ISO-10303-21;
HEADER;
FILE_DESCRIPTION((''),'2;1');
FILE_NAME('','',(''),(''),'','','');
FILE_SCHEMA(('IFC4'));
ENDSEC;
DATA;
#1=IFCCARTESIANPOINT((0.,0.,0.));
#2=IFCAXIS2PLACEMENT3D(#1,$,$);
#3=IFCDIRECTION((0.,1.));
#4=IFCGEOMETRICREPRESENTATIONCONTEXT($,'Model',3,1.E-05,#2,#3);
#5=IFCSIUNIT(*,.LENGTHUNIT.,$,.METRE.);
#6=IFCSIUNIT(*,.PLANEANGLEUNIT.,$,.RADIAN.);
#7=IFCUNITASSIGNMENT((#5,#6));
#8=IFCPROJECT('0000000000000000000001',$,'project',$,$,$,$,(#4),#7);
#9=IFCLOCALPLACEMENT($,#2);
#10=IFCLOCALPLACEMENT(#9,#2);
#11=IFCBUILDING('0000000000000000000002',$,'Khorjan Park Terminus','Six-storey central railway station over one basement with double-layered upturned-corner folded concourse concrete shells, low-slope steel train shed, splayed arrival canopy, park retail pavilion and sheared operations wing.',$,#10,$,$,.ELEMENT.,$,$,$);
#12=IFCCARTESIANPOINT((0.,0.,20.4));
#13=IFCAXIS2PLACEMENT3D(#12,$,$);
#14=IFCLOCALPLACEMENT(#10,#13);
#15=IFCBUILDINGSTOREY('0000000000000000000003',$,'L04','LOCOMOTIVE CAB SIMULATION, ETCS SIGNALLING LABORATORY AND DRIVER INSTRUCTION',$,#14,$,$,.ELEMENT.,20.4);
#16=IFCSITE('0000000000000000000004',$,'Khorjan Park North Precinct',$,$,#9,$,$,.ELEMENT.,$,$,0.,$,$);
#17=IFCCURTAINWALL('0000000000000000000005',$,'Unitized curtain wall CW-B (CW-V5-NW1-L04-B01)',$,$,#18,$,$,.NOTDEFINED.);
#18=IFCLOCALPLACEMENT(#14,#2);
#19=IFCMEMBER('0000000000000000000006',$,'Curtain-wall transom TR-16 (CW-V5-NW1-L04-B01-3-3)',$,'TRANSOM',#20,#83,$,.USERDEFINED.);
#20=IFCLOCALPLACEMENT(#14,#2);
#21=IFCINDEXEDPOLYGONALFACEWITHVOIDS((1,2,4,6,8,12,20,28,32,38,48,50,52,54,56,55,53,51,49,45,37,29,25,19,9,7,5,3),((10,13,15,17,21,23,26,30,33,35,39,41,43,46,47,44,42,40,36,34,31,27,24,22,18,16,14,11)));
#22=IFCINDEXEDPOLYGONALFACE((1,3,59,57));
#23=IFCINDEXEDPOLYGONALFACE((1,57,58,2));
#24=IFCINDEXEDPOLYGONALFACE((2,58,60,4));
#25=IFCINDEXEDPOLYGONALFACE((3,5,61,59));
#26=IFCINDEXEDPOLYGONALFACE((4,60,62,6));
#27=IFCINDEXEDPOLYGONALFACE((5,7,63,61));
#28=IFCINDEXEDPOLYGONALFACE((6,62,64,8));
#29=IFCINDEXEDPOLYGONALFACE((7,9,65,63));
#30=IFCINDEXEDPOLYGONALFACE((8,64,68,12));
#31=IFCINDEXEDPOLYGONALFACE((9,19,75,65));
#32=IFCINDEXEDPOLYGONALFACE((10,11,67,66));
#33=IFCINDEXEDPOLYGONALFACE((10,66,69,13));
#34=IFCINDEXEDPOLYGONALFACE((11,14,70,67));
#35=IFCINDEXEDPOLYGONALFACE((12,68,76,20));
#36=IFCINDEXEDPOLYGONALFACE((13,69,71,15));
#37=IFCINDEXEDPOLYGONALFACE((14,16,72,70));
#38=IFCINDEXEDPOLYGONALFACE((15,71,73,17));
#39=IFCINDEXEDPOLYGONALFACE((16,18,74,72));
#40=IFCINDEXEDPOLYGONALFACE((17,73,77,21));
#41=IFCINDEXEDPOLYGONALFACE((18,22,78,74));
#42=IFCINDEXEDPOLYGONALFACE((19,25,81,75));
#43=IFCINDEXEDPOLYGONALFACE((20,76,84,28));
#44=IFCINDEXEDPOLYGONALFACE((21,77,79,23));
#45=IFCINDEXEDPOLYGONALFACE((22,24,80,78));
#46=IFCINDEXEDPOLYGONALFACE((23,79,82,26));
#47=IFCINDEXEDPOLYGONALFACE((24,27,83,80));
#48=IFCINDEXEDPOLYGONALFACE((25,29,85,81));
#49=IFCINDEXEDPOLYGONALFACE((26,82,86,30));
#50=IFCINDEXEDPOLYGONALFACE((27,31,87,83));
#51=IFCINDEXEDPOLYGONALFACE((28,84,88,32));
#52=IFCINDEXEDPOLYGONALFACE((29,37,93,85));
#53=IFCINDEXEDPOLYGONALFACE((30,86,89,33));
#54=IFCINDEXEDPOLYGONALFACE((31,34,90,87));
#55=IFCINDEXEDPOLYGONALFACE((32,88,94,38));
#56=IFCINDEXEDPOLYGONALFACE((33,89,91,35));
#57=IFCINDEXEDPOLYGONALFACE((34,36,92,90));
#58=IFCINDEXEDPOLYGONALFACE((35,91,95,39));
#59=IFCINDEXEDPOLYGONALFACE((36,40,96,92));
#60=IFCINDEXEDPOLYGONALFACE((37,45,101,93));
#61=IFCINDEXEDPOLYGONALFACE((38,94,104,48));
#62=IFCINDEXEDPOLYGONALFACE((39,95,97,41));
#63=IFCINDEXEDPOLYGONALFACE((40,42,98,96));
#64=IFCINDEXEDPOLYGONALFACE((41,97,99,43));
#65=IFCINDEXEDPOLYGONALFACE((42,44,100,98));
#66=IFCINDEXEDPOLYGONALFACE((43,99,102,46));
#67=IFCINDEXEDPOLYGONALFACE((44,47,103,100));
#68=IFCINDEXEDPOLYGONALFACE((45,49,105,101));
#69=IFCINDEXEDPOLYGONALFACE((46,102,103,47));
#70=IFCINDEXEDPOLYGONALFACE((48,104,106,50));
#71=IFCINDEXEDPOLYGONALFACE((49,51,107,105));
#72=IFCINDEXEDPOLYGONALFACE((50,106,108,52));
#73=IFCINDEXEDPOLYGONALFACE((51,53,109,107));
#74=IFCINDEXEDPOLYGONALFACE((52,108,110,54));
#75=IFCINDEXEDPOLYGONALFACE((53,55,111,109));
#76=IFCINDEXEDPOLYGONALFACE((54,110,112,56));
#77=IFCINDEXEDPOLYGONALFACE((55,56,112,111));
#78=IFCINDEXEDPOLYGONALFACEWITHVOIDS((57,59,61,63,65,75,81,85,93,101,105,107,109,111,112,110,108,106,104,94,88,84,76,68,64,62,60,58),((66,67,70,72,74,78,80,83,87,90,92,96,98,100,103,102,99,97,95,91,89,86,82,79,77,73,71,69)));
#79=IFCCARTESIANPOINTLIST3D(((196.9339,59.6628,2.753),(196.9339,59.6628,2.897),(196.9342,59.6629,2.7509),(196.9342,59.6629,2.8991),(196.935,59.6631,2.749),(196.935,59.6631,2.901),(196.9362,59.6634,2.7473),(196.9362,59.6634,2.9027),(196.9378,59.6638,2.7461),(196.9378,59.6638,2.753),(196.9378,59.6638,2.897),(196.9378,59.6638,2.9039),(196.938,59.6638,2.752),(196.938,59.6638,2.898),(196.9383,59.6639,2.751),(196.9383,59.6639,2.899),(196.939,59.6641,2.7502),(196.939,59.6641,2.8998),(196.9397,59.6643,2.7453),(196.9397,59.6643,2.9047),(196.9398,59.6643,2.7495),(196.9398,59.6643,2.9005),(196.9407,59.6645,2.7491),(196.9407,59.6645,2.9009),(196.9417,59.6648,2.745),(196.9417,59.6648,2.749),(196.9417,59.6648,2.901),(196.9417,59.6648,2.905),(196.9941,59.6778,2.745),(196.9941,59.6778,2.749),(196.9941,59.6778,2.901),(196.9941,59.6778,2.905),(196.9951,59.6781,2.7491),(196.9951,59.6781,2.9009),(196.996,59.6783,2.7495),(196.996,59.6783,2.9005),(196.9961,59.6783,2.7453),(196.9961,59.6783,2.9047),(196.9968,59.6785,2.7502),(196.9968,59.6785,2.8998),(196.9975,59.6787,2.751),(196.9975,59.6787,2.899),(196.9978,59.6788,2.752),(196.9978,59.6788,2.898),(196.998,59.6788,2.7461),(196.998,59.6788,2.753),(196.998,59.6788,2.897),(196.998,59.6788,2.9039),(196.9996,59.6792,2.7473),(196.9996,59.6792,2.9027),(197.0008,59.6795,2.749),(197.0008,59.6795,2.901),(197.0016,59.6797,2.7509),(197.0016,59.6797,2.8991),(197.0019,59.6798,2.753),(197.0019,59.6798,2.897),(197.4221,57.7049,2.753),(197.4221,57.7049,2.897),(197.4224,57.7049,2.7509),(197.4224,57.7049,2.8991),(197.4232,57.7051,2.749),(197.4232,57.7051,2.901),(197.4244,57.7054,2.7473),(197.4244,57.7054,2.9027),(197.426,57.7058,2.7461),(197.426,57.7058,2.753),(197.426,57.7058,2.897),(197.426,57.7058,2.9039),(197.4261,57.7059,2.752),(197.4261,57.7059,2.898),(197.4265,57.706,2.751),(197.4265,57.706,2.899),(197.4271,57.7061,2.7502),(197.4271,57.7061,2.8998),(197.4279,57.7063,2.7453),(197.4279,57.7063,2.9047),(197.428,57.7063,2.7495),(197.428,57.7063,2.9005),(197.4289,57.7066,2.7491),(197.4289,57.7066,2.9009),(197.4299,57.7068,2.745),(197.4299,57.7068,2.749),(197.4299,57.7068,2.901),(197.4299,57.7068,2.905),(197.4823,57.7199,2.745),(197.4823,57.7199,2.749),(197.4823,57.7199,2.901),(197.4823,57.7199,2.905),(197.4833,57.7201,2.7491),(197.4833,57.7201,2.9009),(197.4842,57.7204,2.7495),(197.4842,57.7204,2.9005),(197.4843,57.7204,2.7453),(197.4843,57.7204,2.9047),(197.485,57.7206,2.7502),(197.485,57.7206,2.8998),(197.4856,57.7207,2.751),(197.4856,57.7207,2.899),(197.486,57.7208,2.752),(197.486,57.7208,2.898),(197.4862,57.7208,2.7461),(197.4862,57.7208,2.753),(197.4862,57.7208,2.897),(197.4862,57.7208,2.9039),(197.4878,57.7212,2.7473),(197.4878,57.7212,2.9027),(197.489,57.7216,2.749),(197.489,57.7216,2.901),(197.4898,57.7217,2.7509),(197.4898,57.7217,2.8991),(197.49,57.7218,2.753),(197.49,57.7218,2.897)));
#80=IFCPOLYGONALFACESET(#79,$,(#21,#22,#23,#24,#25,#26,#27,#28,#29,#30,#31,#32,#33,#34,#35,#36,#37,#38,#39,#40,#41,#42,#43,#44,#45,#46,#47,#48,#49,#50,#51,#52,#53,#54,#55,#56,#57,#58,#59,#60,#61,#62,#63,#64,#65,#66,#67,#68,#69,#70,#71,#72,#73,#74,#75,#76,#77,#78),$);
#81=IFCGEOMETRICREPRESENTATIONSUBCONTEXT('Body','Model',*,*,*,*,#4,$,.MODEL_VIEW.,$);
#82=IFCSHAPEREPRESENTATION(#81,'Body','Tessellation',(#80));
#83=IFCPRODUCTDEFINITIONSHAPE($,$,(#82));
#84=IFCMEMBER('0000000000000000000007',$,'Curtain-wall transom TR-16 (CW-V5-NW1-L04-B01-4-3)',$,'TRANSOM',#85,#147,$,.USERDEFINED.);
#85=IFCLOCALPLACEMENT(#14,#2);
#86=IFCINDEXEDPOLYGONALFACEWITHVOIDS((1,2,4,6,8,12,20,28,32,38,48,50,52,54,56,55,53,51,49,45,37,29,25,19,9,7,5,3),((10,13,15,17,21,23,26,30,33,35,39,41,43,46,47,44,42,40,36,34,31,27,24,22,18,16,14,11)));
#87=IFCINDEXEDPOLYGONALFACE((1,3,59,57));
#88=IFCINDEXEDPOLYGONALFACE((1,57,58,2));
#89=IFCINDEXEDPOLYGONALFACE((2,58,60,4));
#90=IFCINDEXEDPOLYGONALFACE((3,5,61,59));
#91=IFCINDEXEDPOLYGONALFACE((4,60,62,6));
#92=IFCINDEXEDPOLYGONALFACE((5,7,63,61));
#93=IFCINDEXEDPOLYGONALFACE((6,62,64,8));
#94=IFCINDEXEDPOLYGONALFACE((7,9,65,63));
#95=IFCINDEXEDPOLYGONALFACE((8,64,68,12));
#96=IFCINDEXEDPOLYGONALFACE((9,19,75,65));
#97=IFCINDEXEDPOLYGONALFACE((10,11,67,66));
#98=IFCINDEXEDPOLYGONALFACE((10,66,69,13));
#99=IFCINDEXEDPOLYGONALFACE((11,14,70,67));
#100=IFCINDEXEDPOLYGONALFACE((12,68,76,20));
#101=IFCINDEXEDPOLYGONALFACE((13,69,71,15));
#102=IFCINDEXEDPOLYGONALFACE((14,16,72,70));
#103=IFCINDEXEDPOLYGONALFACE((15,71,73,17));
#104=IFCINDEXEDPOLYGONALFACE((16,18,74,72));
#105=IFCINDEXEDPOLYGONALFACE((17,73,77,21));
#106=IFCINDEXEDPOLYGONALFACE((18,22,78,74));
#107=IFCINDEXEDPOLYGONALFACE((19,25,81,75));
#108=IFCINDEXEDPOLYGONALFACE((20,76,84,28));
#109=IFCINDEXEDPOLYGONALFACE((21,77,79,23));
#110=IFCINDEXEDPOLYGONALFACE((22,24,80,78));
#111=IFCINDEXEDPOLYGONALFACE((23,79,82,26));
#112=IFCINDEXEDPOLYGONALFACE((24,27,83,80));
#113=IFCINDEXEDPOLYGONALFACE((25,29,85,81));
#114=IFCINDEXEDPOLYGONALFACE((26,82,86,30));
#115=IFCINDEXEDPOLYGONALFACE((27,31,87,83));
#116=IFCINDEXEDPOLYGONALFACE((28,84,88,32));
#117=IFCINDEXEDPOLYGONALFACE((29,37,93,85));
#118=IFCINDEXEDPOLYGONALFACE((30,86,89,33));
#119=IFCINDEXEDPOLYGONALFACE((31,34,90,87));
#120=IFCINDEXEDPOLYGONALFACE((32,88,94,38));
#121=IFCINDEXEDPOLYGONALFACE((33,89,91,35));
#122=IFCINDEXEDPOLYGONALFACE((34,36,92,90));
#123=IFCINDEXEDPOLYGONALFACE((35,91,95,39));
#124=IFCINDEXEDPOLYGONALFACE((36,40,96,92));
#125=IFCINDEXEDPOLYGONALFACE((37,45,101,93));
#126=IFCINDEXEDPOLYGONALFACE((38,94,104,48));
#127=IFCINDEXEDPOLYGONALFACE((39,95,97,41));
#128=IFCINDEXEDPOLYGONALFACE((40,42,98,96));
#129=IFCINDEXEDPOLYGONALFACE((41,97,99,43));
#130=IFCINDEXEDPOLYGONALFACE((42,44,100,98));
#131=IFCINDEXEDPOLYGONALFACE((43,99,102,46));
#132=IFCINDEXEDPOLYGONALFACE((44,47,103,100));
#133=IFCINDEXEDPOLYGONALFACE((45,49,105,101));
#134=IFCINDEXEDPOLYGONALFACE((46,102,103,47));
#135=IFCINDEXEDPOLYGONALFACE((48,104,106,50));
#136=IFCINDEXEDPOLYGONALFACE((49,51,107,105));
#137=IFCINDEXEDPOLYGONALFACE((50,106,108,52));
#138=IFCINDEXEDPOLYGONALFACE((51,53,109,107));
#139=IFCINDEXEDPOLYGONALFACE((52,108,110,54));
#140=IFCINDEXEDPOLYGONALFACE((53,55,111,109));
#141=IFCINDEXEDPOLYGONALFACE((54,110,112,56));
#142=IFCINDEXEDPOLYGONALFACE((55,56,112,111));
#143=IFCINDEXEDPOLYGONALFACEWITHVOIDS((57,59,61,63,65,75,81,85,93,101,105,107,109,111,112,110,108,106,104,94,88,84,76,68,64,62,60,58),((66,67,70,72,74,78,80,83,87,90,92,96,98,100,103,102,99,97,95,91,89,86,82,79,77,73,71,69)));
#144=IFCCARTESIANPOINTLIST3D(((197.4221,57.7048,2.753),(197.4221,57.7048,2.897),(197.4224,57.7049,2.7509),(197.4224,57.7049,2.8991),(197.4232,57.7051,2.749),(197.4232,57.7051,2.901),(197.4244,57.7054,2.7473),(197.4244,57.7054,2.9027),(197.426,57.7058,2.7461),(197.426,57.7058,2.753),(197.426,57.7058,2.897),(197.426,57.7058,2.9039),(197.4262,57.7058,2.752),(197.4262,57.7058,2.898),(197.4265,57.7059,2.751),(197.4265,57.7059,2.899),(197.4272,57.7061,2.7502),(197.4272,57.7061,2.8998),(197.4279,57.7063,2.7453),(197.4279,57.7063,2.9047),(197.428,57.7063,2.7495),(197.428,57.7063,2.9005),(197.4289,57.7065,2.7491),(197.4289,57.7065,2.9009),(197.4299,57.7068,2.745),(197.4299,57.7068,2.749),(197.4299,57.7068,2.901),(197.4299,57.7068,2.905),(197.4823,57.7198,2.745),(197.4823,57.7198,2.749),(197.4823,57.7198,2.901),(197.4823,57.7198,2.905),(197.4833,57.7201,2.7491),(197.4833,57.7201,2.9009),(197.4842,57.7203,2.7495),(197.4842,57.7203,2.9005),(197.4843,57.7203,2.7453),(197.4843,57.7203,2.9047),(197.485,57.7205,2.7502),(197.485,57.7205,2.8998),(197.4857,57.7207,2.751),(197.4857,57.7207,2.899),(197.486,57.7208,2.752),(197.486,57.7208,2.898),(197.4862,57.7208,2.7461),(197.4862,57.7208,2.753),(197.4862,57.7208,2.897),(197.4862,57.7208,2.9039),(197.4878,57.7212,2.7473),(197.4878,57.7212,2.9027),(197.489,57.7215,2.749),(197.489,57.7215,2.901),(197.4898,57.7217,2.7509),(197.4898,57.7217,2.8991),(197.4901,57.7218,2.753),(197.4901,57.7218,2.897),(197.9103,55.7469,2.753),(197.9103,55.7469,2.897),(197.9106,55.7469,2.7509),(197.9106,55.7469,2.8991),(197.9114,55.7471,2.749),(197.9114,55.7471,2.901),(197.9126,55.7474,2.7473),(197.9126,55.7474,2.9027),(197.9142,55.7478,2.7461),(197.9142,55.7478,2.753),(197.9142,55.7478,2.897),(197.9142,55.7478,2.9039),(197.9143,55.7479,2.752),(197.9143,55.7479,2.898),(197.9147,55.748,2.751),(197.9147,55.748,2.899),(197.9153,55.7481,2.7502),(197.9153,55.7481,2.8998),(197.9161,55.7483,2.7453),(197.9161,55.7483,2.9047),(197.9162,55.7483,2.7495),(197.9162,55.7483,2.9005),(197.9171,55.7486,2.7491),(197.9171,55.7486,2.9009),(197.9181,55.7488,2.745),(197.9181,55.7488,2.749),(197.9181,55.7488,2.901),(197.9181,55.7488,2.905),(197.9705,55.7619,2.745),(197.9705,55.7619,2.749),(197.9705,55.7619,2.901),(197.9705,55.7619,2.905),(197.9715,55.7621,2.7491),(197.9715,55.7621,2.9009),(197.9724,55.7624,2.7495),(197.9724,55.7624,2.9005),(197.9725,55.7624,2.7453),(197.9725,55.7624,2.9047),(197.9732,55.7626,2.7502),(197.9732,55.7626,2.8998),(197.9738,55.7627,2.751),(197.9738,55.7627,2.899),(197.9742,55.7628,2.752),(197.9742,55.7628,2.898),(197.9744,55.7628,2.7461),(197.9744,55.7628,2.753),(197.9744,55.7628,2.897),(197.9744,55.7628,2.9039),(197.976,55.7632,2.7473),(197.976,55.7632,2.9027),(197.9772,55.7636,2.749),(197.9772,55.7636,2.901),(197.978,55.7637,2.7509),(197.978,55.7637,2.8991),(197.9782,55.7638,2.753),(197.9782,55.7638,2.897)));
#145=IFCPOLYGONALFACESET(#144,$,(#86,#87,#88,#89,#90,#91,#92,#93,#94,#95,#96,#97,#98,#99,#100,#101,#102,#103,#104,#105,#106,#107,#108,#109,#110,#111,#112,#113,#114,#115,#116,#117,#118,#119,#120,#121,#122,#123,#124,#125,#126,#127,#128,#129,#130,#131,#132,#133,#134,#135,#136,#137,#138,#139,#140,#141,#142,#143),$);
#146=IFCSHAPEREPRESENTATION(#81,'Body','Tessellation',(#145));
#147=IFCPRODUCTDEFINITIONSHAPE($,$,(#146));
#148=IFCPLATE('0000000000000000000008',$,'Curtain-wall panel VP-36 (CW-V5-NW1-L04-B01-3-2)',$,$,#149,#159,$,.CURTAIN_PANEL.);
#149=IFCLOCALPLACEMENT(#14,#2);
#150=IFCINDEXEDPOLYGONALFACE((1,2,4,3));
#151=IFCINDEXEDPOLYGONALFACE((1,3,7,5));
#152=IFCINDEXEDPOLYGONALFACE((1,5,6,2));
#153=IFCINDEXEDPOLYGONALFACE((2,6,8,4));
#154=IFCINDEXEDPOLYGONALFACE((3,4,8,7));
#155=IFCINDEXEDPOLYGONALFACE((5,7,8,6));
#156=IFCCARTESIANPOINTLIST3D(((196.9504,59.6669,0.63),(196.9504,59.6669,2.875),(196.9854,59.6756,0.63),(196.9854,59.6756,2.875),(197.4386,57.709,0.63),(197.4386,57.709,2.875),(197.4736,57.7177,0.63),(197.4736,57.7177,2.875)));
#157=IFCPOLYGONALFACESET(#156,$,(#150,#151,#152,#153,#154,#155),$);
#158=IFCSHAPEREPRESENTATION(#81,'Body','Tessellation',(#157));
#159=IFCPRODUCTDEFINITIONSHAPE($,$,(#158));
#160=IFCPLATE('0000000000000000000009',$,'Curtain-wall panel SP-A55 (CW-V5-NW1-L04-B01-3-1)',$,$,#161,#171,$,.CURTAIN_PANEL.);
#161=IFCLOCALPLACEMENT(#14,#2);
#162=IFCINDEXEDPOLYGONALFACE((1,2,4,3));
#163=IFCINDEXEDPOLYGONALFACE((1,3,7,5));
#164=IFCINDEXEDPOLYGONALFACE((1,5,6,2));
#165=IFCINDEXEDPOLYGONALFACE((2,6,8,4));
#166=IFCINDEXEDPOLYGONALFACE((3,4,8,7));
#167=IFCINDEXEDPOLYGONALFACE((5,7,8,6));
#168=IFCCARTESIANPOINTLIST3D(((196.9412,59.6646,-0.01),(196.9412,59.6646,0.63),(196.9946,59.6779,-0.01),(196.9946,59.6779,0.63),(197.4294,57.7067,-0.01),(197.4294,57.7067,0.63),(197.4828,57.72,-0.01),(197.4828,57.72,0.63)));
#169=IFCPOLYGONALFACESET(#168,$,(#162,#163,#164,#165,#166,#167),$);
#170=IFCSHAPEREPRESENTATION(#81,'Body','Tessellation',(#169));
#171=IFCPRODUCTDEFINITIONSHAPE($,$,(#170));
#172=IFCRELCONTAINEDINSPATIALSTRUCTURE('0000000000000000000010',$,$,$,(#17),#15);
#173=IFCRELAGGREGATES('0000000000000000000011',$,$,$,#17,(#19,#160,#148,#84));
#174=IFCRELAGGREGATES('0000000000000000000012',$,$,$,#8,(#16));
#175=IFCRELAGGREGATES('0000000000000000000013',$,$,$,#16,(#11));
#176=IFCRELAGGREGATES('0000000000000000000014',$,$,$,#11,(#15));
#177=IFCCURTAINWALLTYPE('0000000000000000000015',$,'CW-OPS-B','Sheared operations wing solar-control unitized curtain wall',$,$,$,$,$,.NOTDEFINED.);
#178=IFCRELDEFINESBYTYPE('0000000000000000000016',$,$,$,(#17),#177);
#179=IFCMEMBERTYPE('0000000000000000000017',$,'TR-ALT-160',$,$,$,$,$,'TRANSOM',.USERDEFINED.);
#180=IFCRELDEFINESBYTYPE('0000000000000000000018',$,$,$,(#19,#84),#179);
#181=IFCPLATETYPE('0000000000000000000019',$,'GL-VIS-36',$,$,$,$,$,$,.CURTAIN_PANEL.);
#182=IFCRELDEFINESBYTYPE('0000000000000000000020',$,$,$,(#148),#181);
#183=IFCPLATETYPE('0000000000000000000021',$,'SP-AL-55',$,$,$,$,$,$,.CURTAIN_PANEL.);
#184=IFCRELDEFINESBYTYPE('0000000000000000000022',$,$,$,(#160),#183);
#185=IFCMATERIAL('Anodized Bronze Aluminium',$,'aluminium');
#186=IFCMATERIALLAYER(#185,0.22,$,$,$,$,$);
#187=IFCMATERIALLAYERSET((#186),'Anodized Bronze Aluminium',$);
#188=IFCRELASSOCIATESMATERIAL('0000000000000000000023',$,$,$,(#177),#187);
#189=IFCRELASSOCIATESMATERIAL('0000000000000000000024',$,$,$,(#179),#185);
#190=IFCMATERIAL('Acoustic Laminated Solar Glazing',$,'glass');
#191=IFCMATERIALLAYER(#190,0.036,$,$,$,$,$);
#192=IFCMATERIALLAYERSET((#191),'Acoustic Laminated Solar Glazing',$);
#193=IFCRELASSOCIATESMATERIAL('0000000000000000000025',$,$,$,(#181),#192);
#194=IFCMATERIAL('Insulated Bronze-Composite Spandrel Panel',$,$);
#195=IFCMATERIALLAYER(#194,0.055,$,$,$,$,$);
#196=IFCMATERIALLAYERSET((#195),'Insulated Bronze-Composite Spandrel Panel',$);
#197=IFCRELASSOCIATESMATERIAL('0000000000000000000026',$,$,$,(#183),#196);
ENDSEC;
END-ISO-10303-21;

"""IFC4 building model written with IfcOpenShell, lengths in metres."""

from ifc_helpers import new_model, si_unit, direction, frame, origin, origin_2d, place, context, subcontext, project, spatial, rectangle, hollow_rectangle, extrude, material, layer, layer_set, material_profile, profile_set, type_object, element, aggregate, save


model = new_model("IFC4")

# Units and contexts
model_context = context("Model", 3, precision=1e-05, world=origin(), true_north=direction((0.0, 1.0)))
body_context = subcontext(model_context, "Body", "Model", "MODEL_VIEW")
ifc_project = project(units=[si_unit("LENGTHUNIT", "METRE"), si_unit("PLANEANGLEUNIT", "RADIAN")], contexts=[model_context])

# Site, building, storey
site_placement = place(None, origin())
site = spatial("IfcSite", under=ifc_project, at=site_placement, Name="Khorjan Park North Precinct", CompositionType="ELEMENT", RefElevation=0.0)
building_placement = place(site_placement, origin())
building = spatial("IfcBuilding", under=site, at=building_placement, Name="Khorjan Park Terminus", Description="Six-storey central railway station over one basement with double-layered upturned-corner folded concourse concrete shells, low-slope steel train shed, splayed arrival canopy, park retail pavilion and sheared operations wing.", CompositionType="ELEMENT")
storey_placement = place(building_placement, frame((0.0, 0.0, 20.4)))
storey = spatial("IfcBuildingStorey", under=building, at=storey_placement, Name="L04", Description="LOCOMOTIVE CAB SIMULATION, ETCS SIGNALLING LABORATORY AND DRIVER INSTRUCTION", CompositionType="ELEMENT", Elevation=20.4)

# Curtain wall, members, plates
ifc_material_1 = material(Name="Anodized Bronze Aluminium", Category="aluminium")
ifc_layer_1 = layer(ifc_material_1, 0.22)
ifc_layer_set_1 = layer_set([ifc_layer_1], Name="Anodized Bronze Aluminium")
curtain_wall_type = type_object("IfcCurtainWallType", Name="CW-OPS-B", Description="Sheared operations wing solar-control unitized curtain wall", PredefinedType="NOTDEFINED", material=ifc_layer_set_1)
curtain_wall_placement = place(storey_placement, origin())
curtain_wall = element("IfcCurtainWall", 1, at=curtain_wall_placement, inside=storey, type_object=curtain_wall_type, Name="Unitized curtain wall CW-B (CW-V5-NW1-L04-B01)", PredefinedType="NOTDEFINED")
ifc_material_profile_1 = material_profile(ifc_material_1, hollow_rectangle(XDim=0.07, YDim=0.16, WallThickness=0.004, InnerFilletRadius=0.004, OuterFilletRadius=0.008, at=origin_2d()), Name="ALT 70x160x4")
ifc_profile_set_1 = profile_set([ifc_material_profile_1], Name="Anodized Bronze Aluminium")
member_type = type_object("IfcMemberType", Name="TR-ALT-160", ElementType="TRANSOM", PredefinedType="USERDEFINED", material=ifc_profile_set_1)
member_1_placement = place(storey_placement, frame((196.9679, 59.6713, 2.825), z_axis=(0.241929, -0.970294, 0.0), x_axis=(0.970294, 0.241929, 0.0)))
member_1 = element("IfcMember", 2, at=member_1_placement, type_object=member_type, Name="Curtain-wall transom TR-16 (CW-V5-NW1-L04-B01-3-3)", ObjectType="TRANSOM", PredefinedType="USERDEFINED", context=body_context, shape_type="SweptSolid", body=[
    extrude(hollow_rectangle(XDim=0.07, YDim=0.16, WallThickness=0.004, InnerFilletRadius=0.004, OuterFilletRadius=0.008, at=origin_2d()), origin(), (0.0, 0.0, 1.0), 2.0179),
])
member_2_placement = place(storey_placement, frame((197.4561, 57.7133, 2.825), z_axis=(0.241929, -0.970294, 0.0), x_axis=(0.970294, 0.241929, 0.0)))
member_2 = element("IfcMember", 3, at=member_2_placement, type_object=member_type, Name="Curtain-wall transom TR-16 (CW-V5-NW1-L04-B01-4-3)", ObjectType="TRANSOM", PredefinedType="USERDEFINED", context=body_context, shape_type="SweptSolid", body=[
    extrude(hollow_rectangle(XDim=0.07, YDim=0.16, WallThickness=0.004, InnerFilletRadius=0.004, OuterFilletRadius=0.008, at=origin_2d()), origin(), (0.0, 0.0, 1.0), 2.0179),
])
ifc_material_2 = material(Name="Acoustic Laminated Solar Glazing", Category="glass")
ifc_layer_2 = layer(ifc_material_2, 0.036)
ifc_layer_set_2 = layer_set([ifc_layer_2], Name="Acoustic Laminated Solar Glazing")
plate_type_1 = type_object("IfcPlateType", Name="GL-VIS-36", PredefinedType="CURTAIN_PANEL", material=ifc_layer_set_2)
plate_1_placement = place(storey_placement, frame((197.212, 58.6923, 0.63), z_axis=(0.0, 0.0, 1.0), x_axis=(0.24192, -0.970296, 0.0)))
plate_1 = element("IfcPlate", 4, at=plate_1_placement, type_object=plate_type_1, Name="Curtain-wall panel VP-36 (CW-V5-NW1-L04-B01-3-2)", PredefinedType="CURTAIN_PANEL", context=body_context, shape_type="SweptSolid", body=[
    extrude(rectangle(XDim=2.0179, YDim=0.036, at=origin_2d()), origin(), (0.0, 0.0, 1.0), 2.245),
])
ifc_material_3 = material(Name="Insulated Bronze-Composite Spandrel Panel")
ifc_layer_3 = layer(ifc_material_3, 0.055)
ifc_layer_set_3 = layer_set([ifc_layer_3], Name="Insulated Bronze-Composite Spandrel Panel")
plate_type_2 = type_object("IfcPlateType", Name="SP-AL-55", PredefinedType="CURTAIN_PANEL", material=ifc_layer_set_3)
plate_2_placement = place(storey_placement, frame((197.212, 58.6923, -0.01), z_axis=(0.0, 0.0, 1.0), x_axis=(0.24192, -0.970296, 0.0)))
plate_2 = element("IfcPlate", 5, at=plate_2_placement, type_object=plate_type_2, Name="Curtain-wall panel SP-A55 (CW-V5-NW1-L04-B01-3-1)", PredefinedType="CURTAIN_PANEL", context=body_context, shape_type="SweptSolid", body=[
    extrude(rectangle(XDim=2.0179, YDim=0.055, at=origin_2d()), origin(), (0.0, 0.0, 1.0), 0.64),
])
aggregate(curtain_wall, [member_1, plate_2, plate_1, member_2])

save(model, "model.ifc")
